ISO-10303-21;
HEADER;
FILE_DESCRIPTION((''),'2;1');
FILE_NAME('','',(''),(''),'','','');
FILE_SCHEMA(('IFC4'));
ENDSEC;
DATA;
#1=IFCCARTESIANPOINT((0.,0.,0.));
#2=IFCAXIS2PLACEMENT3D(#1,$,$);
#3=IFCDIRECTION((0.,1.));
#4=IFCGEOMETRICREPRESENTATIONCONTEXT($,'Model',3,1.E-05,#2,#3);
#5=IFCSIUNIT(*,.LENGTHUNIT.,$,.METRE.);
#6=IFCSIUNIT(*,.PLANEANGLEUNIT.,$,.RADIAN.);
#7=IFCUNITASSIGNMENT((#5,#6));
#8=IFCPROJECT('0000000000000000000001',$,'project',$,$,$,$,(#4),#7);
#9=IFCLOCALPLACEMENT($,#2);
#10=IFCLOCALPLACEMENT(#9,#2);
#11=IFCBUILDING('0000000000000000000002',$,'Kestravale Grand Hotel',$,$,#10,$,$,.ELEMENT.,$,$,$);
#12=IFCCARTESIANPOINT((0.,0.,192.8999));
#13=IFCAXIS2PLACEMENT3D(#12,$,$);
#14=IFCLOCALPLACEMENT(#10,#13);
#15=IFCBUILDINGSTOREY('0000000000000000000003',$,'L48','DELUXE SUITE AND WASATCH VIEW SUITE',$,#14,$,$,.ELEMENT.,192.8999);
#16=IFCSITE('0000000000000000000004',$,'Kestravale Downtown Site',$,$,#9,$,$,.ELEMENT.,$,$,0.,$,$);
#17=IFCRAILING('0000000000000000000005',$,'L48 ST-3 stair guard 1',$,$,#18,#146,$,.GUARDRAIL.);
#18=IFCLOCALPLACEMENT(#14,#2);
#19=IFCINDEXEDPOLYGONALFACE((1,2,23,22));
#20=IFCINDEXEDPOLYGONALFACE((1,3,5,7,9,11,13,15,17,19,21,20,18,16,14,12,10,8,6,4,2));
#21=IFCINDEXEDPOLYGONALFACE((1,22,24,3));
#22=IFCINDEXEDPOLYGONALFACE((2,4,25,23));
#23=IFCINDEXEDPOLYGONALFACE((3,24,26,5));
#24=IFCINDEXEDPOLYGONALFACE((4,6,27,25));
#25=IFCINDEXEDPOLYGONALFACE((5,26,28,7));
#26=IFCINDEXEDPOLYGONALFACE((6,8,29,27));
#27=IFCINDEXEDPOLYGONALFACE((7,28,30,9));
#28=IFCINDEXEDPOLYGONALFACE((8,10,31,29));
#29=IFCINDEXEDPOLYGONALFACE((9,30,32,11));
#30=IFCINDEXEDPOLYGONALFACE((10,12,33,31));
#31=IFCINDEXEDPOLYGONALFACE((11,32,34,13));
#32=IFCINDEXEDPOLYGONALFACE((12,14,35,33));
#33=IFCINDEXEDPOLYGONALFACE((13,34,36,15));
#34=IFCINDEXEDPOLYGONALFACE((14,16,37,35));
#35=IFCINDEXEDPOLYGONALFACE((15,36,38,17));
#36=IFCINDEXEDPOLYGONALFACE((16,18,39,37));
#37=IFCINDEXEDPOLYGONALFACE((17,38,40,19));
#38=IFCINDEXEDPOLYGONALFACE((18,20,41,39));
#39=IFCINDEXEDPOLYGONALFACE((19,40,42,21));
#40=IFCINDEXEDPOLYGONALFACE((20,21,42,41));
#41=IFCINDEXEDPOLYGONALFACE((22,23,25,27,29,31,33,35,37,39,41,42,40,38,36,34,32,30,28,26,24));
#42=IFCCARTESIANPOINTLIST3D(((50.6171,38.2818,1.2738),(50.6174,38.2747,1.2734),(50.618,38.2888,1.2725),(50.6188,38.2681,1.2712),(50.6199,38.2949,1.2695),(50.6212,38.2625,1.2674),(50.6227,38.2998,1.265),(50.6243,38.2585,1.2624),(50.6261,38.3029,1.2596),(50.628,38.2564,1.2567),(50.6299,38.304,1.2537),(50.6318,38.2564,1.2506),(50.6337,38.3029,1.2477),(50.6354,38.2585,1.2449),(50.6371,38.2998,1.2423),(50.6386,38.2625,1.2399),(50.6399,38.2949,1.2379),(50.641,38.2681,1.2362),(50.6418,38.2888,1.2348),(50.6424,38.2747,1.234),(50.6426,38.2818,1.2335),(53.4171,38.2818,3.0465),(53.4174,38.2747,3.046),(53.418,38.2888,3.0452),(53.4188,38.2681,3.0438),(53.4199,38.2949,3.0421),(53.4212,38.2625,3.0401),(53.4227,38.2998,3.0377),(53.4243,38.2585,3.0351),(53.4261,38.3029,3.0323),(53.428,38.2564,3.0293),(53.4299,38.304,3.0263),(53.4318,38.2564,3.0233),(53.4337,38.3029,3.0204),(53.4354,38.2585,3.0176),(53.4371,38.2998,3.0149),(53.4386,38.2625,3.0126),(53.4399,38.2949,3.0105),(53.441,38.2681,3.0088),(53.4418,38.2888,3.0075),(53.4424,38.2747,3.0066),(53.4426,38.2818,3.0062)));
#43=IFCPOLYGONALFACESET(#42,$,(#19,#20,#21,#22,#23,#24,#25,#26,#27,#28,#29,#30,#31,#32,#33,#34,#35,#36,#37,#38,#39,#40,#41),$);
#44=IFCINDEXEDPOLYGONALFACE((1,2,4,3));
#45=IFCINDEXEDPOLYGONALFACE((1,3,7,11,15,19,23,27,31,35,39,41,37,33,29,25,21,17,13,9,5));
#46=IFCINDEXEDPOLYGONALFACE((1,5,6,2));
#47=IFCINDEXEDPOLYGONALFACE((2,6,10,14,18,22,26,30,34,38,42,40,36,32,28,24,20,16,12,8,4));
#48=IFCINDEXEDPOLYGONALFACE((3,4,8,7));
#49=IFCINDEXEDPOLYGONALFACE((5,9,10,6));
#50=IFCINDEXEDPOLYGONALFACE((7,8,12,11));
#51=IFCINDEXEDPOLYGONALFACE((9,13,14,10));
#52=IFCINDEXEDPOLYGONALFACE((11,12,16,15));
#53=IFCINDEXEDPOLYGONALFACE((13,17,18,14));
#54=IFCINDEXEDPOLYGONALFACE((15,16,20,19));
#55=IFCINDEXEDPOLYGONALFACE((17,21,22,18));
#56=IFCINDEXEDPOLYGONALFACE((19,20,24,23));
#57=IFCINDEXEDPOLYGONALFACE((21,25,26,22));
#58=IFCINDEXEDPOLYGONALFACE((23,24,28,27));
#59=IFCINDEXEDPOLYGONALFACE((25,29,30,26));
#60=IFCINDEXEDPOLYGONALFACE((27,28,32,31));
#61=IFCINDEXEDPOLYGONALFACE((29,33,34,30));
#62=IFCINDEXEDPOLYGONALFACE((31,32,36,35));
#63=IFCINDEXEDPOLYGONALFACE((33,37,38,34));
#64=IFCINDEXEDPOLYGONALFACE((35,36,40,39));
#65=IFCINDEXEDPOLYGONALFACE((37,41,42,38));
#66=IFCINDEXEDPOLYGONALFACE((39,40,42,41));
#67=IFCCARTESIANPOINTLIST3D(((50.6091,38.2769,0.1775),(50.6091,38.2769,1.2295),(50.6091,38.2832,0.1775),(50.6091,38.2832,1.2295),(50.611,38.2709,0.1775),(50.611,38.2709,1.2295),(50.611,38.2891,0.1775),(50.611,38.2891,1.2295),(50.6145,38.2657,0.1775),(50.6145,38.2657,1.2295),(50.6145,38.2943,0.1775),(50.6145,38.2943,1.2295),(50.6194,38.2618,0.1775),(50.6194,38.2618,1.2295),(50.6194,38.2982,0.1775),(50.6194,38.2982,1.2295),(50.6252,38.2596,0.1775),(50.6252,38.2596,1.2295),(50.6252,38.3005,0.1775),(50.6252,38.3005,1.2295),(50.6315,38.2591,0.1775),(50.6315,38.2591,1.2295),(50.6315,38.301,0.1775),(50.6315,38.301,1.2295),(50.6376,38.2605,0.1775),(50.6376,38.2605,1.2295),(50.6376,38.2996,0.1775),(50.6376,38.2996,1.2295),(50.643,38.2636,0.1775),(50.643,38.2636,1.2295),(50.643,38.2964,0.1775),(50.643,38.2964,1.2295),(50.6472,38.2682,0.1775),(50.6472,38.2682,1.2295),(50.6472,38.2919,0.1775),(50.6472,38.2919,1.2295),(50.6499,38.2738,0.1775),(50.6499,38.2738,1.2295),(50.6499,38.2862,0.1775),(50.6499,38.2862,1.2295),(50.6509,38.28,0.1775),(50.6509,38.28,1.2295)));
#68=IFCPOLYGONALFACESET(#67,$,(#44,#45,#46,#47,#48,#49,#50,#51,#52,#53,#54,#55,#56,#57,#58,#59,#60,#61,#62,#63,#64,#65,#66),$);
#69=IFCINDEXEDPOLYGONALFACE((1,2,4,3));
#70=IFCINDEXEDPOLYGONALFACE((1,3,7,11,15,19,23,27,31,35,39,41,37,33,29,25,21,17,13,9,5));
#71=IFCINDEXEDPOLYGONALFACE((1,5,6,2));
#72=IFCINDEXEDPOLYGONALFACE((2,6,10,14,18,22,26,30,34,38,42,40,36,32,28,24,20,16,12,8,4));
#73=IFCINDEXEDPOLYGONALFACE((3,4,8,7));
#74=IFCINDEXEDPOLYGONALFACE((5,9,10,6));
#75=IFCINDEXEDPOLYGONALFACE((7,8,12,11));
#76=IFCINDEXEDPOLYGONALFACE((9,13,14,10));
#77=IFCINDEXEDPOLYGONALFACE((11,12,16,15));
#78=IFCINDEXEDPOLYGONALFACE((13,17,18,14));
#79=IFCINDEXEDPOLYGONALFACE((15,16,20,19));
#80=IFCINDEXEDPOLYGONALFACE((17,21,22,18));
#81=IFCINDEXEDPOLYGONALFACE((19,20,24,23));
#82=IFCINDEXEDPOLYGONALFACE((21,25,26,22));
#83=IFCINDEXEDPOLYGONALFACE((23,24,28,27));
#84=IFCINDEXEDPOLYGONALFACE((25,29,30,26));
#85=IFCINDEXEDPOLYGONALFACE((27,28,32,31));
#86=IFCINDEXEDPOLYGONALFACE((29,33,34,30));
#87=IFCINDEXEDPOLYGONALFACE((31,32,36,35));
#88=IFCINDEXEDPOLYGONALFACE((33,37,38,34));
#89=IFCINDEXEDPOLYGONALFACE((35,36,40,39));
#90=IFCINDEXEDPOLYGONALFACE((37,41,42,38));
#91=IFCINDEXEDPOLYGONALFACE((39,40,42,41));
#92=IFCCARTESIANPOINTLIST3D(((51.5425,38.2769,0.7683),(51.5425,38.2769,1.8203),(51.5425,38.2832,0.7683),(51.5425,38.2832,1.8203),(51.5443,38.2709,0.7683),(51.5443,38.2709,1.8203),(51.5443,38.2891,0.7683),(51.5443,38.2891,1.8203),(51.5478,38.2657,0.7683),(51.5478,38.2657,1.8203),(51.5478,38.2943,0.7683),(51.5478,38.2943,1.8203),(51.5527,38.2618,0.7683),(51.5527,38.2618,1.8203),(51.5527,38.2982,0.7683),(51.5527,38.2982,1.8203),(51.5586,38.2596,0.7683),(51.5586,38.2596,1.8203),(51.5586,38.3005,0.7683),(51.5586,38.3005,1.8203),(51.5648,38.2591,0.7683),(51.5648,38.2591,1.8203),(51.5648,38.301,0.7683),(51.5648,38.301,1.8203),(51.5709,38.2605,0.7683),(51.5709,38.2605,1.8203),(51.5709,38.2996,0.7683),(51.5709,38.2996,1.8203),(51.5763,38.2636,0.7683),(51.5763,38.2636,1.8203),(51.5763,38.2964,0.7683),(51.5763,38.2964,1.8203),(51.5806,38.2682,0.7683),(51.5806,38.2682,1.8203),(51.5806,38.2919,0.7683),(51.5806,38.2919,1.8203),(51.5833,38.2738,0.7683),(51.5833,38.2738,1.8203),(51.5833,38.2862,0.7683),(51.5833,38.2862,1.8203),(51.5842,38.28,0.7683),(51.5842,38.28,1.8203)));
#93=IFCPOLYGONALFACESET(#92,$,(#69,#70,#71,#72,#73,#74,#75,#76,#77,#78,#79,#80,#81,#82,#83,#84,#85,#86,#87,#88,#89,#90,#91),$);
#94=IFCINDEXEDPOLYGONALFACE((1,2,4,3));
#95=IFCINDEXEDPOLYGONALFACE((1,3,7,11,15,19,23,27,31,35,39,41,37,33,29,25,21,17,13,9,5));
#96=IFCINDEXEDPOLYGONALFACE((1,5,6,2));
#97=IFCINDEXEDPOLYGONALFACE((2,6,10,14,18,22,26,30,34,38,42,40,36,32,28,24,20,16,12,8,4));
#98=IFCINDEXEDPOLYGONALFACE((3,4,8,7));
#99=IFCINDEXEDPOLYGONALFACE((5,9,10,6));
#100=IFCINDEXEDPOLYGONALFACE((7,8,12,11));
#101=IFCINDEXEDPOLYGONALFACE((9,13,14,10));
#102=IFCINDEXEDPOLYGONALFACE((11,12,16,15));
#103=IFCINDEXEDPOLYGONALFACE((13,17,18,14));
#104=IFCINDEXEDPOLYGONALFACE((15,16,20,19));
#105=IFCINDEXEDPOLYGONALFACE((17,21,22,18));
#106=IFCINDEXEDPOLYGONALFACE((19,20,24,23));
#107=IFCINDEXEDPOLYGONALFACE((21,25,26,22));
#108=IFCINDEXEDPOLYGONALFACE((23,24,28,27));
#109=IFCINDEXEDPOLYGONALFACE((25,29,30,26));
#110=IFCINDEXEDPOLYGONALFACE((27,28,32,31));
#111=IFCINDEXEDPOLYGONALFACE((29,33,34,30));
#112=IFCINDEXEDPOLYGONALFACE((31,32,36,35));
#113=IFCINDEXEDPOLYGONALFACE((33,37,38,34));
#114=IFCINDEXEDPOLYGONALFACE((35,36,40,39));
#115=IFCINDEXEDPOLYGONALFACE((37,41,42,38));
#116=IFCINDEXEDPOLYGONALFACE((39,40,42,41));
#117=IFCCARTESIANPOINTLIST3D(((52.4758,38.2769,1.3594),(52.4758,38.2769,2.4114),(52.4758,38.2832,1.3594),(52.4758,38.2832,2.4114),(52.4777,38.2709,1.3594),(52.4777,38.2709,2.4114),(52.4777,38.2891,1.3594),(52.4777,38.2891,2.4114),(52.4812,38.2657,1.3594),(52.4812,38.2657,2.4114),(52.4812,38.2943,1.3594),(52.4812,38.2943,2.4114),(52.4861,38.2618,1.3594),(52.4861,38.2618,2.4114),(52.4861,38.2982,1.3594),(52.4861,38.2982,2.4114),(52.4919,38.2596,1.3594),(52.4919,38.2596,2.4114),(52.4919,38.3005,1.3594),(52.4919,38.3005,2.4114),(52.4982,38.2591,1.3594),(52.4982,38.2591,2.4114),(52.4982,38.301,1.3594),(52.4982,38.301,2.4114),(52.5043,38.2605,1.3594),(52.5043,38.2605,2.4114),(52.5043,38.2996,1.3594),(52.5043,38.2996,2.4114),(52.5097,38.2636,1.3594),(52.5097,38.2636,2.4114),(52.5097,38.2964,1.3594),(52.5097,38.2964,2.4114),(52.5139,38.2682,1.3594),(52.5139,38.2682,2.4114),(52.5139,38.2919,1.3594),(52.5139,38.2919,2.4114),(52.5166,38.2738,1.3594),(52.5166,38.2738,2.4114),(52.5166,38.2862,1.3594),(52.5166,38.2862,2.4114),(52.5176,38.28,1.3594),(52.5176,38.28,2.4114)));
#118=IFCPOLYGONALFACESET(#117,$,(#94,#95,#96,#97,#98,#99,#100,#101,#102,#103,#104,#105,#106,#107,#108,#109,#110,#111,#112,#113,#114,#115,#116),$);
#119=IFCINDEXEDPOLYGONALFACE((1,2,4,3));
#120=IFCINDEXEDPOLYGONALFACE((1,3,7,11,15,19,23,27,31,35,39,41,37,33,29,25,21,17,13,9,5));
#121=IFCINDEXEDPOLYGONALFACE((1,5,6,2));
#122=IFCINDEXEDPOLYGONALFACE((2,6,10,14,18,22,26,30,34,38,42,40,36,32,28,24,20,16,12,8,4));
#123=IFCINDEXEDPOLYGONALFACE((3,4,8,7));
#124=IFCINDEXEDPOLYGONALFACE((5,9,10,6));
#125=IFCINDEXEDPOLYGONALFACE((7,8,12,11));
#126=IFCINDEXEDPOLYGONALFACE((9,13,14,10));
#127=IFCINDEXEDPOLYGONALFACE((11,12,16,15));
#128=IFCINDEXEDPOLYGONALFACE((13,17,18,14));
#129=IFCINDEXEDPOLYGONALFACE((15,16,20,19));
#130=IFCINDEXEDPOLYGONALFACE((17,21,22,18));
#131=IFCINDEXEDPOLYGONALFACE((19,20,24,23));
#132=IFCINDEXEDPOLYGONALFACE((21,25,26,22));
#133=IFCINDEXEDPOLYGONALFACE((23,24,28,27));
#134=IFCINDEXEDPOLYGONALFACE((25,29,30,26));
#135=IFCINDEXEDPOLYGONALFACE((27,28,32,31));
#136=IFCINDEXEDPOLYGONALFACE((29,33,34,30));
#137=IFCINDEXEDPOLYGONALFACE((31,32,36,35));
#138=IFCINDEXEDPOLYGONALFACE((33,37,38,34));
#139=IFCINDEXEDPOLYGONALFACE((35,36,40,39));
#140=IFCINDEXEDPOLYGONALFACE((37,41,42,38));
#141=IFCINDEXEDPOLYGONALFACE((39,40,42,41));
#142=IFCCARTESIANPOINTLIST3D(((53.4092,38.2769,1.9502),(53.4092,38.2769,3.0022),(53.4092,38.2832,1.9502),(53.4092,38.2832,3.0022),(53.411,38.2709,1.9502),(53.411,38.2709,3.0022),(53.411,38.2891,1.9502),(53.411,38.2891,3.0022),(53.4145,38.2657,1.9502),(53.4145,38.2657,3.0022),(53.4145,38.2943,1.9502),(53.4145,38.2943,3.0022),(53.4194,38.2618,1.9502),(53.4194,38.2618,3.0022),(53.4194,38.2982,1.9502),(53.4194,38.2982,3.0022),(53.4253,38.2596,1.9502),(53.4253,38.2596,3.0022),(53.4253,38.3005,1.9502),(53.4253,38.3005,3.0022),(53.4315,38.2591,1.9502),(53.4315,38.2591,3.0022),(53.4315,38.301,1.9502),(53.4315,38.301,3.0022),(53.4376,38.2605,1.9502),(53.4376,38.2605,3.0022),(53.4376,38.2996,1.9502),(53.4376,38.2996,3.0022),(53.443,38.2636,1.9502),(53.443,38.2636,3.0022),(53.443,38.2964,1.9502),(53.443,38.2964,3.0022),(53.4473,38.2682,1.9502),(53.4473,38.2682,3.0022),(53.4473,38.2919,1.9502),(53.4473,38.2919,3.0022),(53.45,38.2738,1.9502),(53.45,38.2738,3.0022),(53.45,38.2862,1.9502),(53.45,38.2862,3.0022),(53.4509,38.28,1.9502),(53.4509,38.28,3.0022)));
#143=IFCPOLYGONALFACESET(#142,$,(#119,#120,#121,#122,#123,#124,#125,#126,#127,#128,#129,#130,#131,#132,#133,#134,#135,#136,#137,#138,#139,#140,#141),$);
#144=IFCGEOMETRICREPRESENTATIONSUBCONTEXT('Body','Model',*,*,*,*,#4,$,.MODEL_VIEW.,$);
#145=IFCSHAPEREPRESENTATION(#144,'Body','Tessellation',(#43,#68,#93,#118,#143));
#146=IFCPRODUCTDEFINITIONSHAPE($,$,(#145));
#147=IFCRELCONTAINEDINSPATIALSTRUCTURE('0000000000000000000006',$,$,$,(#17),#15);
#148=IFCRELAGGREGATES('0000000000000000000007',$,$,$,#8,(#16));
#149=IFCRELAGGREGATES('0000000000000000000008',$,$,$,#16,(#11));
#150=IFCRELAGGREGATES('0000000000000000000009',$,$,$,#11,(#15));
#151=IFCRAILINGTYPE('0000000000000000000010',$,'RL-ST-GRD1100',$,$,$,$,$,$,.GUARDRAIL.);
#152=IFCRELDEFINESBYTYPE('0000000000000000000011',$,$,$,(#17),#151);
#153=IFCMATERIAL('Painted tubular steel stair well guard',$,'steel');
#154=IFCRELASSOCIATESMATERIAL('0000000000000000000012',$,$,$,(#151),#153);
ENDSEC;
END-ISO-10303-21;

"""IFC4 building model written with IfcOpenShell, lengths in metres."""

from ifc_helpers import new_model, si_unit, direction, frame, origin, origin_2d, place, context, subcontext, project, spatial, circle, extrude, material, type_object, element, save


model = new_model("IFC4")

# Units and contexts
model_context = context("Model", 3, precision=1e-05, world=origin(), true_north=direction((0.0, 1.0)))
body_context = subcontext(model_context, "Body", "Model", "MODEL_VIEW")
ifc_project = project(units=[si_unit("LENGTHUNIT", "METRE"), si_unit("PLANEANGLEUNIT", "RADIAN")], contexts=[model_context])

# Site, building, storey
site_placement = place(None, origin())
site = spatial("IfcSite", under=ifc_project, at=site_placement, Name="Kestravale Downtown Site", CompositionType="ELEMENT", RefElevation=0.0)
building_placement = place(site_placement, origin())
building = spatial("IfcBuilding", under=site, at=building_placement, Name="Kestravale Grand Hotel", CompositionType="ELEMENT")
storey_placement = place(building_placement, frame((0.0, 0.0, 192.8999)))
storey = spatial("IfcBuildingStorey", under=building, at=storey_placement, Name="L48", Description="DELUXE SUITE AND WASATCH VIEW SUITE", CompositionType="ELEMENT", Elevation=192.8999)

# Railing
ifc_material_1 = material(Name="Painted tubular steel stair well guard", Category="steel")
railing_type_1 = type_object("IfcRailingType", Name="RL-ST-GRD1100", PredefinedType="GUARDRAIL", material=ifc_material_1)
railing_1_placement = place(storey_placement, frame((50.6299, 38.28, 0.1775)))
element("IfcRailing", 1, at=railing_1_placement, inside=storey, type_object=railing_type_1, Name="L48 ST-3 stair guard 1", PredefinedType="GUARDRAIL", context=body_context, shape_type="SweptSolid", body=[
    extrude(circle(Radius=0.0239, at=origin_2d()), frame((0.0, 0.0, 1.0762), z_axis=(0.844909, 0.0, 0.53491), x_axis=(0.0, 1.0, 0.0)), (0.0, 0.0, 1.0), 3.314),
    extrude(circle(Radius=0.021, at=origin_2d()), origin(), (0.0, 0.0, 1.0), 1.052),
    extrude(circle(Radius=0.021, at=origin_2d()), frame((0.9333, 0.0, 0.5908)), (0.0, 0.0, 1.0), 1.052),
    extrude(circle(Radius=0.021, at=origin_2d()), frame((1.8667, 0.0, 1.1819)), (0.0, 0.0, 1.0), 1.052),
    extrude(circle(Radius=0.021, at=origin_2d()), frame((2.8, 0.0, 1.7727)), (0.0, 0.0, 1.0), 1.052),
])

save(model, "model.ifc")
